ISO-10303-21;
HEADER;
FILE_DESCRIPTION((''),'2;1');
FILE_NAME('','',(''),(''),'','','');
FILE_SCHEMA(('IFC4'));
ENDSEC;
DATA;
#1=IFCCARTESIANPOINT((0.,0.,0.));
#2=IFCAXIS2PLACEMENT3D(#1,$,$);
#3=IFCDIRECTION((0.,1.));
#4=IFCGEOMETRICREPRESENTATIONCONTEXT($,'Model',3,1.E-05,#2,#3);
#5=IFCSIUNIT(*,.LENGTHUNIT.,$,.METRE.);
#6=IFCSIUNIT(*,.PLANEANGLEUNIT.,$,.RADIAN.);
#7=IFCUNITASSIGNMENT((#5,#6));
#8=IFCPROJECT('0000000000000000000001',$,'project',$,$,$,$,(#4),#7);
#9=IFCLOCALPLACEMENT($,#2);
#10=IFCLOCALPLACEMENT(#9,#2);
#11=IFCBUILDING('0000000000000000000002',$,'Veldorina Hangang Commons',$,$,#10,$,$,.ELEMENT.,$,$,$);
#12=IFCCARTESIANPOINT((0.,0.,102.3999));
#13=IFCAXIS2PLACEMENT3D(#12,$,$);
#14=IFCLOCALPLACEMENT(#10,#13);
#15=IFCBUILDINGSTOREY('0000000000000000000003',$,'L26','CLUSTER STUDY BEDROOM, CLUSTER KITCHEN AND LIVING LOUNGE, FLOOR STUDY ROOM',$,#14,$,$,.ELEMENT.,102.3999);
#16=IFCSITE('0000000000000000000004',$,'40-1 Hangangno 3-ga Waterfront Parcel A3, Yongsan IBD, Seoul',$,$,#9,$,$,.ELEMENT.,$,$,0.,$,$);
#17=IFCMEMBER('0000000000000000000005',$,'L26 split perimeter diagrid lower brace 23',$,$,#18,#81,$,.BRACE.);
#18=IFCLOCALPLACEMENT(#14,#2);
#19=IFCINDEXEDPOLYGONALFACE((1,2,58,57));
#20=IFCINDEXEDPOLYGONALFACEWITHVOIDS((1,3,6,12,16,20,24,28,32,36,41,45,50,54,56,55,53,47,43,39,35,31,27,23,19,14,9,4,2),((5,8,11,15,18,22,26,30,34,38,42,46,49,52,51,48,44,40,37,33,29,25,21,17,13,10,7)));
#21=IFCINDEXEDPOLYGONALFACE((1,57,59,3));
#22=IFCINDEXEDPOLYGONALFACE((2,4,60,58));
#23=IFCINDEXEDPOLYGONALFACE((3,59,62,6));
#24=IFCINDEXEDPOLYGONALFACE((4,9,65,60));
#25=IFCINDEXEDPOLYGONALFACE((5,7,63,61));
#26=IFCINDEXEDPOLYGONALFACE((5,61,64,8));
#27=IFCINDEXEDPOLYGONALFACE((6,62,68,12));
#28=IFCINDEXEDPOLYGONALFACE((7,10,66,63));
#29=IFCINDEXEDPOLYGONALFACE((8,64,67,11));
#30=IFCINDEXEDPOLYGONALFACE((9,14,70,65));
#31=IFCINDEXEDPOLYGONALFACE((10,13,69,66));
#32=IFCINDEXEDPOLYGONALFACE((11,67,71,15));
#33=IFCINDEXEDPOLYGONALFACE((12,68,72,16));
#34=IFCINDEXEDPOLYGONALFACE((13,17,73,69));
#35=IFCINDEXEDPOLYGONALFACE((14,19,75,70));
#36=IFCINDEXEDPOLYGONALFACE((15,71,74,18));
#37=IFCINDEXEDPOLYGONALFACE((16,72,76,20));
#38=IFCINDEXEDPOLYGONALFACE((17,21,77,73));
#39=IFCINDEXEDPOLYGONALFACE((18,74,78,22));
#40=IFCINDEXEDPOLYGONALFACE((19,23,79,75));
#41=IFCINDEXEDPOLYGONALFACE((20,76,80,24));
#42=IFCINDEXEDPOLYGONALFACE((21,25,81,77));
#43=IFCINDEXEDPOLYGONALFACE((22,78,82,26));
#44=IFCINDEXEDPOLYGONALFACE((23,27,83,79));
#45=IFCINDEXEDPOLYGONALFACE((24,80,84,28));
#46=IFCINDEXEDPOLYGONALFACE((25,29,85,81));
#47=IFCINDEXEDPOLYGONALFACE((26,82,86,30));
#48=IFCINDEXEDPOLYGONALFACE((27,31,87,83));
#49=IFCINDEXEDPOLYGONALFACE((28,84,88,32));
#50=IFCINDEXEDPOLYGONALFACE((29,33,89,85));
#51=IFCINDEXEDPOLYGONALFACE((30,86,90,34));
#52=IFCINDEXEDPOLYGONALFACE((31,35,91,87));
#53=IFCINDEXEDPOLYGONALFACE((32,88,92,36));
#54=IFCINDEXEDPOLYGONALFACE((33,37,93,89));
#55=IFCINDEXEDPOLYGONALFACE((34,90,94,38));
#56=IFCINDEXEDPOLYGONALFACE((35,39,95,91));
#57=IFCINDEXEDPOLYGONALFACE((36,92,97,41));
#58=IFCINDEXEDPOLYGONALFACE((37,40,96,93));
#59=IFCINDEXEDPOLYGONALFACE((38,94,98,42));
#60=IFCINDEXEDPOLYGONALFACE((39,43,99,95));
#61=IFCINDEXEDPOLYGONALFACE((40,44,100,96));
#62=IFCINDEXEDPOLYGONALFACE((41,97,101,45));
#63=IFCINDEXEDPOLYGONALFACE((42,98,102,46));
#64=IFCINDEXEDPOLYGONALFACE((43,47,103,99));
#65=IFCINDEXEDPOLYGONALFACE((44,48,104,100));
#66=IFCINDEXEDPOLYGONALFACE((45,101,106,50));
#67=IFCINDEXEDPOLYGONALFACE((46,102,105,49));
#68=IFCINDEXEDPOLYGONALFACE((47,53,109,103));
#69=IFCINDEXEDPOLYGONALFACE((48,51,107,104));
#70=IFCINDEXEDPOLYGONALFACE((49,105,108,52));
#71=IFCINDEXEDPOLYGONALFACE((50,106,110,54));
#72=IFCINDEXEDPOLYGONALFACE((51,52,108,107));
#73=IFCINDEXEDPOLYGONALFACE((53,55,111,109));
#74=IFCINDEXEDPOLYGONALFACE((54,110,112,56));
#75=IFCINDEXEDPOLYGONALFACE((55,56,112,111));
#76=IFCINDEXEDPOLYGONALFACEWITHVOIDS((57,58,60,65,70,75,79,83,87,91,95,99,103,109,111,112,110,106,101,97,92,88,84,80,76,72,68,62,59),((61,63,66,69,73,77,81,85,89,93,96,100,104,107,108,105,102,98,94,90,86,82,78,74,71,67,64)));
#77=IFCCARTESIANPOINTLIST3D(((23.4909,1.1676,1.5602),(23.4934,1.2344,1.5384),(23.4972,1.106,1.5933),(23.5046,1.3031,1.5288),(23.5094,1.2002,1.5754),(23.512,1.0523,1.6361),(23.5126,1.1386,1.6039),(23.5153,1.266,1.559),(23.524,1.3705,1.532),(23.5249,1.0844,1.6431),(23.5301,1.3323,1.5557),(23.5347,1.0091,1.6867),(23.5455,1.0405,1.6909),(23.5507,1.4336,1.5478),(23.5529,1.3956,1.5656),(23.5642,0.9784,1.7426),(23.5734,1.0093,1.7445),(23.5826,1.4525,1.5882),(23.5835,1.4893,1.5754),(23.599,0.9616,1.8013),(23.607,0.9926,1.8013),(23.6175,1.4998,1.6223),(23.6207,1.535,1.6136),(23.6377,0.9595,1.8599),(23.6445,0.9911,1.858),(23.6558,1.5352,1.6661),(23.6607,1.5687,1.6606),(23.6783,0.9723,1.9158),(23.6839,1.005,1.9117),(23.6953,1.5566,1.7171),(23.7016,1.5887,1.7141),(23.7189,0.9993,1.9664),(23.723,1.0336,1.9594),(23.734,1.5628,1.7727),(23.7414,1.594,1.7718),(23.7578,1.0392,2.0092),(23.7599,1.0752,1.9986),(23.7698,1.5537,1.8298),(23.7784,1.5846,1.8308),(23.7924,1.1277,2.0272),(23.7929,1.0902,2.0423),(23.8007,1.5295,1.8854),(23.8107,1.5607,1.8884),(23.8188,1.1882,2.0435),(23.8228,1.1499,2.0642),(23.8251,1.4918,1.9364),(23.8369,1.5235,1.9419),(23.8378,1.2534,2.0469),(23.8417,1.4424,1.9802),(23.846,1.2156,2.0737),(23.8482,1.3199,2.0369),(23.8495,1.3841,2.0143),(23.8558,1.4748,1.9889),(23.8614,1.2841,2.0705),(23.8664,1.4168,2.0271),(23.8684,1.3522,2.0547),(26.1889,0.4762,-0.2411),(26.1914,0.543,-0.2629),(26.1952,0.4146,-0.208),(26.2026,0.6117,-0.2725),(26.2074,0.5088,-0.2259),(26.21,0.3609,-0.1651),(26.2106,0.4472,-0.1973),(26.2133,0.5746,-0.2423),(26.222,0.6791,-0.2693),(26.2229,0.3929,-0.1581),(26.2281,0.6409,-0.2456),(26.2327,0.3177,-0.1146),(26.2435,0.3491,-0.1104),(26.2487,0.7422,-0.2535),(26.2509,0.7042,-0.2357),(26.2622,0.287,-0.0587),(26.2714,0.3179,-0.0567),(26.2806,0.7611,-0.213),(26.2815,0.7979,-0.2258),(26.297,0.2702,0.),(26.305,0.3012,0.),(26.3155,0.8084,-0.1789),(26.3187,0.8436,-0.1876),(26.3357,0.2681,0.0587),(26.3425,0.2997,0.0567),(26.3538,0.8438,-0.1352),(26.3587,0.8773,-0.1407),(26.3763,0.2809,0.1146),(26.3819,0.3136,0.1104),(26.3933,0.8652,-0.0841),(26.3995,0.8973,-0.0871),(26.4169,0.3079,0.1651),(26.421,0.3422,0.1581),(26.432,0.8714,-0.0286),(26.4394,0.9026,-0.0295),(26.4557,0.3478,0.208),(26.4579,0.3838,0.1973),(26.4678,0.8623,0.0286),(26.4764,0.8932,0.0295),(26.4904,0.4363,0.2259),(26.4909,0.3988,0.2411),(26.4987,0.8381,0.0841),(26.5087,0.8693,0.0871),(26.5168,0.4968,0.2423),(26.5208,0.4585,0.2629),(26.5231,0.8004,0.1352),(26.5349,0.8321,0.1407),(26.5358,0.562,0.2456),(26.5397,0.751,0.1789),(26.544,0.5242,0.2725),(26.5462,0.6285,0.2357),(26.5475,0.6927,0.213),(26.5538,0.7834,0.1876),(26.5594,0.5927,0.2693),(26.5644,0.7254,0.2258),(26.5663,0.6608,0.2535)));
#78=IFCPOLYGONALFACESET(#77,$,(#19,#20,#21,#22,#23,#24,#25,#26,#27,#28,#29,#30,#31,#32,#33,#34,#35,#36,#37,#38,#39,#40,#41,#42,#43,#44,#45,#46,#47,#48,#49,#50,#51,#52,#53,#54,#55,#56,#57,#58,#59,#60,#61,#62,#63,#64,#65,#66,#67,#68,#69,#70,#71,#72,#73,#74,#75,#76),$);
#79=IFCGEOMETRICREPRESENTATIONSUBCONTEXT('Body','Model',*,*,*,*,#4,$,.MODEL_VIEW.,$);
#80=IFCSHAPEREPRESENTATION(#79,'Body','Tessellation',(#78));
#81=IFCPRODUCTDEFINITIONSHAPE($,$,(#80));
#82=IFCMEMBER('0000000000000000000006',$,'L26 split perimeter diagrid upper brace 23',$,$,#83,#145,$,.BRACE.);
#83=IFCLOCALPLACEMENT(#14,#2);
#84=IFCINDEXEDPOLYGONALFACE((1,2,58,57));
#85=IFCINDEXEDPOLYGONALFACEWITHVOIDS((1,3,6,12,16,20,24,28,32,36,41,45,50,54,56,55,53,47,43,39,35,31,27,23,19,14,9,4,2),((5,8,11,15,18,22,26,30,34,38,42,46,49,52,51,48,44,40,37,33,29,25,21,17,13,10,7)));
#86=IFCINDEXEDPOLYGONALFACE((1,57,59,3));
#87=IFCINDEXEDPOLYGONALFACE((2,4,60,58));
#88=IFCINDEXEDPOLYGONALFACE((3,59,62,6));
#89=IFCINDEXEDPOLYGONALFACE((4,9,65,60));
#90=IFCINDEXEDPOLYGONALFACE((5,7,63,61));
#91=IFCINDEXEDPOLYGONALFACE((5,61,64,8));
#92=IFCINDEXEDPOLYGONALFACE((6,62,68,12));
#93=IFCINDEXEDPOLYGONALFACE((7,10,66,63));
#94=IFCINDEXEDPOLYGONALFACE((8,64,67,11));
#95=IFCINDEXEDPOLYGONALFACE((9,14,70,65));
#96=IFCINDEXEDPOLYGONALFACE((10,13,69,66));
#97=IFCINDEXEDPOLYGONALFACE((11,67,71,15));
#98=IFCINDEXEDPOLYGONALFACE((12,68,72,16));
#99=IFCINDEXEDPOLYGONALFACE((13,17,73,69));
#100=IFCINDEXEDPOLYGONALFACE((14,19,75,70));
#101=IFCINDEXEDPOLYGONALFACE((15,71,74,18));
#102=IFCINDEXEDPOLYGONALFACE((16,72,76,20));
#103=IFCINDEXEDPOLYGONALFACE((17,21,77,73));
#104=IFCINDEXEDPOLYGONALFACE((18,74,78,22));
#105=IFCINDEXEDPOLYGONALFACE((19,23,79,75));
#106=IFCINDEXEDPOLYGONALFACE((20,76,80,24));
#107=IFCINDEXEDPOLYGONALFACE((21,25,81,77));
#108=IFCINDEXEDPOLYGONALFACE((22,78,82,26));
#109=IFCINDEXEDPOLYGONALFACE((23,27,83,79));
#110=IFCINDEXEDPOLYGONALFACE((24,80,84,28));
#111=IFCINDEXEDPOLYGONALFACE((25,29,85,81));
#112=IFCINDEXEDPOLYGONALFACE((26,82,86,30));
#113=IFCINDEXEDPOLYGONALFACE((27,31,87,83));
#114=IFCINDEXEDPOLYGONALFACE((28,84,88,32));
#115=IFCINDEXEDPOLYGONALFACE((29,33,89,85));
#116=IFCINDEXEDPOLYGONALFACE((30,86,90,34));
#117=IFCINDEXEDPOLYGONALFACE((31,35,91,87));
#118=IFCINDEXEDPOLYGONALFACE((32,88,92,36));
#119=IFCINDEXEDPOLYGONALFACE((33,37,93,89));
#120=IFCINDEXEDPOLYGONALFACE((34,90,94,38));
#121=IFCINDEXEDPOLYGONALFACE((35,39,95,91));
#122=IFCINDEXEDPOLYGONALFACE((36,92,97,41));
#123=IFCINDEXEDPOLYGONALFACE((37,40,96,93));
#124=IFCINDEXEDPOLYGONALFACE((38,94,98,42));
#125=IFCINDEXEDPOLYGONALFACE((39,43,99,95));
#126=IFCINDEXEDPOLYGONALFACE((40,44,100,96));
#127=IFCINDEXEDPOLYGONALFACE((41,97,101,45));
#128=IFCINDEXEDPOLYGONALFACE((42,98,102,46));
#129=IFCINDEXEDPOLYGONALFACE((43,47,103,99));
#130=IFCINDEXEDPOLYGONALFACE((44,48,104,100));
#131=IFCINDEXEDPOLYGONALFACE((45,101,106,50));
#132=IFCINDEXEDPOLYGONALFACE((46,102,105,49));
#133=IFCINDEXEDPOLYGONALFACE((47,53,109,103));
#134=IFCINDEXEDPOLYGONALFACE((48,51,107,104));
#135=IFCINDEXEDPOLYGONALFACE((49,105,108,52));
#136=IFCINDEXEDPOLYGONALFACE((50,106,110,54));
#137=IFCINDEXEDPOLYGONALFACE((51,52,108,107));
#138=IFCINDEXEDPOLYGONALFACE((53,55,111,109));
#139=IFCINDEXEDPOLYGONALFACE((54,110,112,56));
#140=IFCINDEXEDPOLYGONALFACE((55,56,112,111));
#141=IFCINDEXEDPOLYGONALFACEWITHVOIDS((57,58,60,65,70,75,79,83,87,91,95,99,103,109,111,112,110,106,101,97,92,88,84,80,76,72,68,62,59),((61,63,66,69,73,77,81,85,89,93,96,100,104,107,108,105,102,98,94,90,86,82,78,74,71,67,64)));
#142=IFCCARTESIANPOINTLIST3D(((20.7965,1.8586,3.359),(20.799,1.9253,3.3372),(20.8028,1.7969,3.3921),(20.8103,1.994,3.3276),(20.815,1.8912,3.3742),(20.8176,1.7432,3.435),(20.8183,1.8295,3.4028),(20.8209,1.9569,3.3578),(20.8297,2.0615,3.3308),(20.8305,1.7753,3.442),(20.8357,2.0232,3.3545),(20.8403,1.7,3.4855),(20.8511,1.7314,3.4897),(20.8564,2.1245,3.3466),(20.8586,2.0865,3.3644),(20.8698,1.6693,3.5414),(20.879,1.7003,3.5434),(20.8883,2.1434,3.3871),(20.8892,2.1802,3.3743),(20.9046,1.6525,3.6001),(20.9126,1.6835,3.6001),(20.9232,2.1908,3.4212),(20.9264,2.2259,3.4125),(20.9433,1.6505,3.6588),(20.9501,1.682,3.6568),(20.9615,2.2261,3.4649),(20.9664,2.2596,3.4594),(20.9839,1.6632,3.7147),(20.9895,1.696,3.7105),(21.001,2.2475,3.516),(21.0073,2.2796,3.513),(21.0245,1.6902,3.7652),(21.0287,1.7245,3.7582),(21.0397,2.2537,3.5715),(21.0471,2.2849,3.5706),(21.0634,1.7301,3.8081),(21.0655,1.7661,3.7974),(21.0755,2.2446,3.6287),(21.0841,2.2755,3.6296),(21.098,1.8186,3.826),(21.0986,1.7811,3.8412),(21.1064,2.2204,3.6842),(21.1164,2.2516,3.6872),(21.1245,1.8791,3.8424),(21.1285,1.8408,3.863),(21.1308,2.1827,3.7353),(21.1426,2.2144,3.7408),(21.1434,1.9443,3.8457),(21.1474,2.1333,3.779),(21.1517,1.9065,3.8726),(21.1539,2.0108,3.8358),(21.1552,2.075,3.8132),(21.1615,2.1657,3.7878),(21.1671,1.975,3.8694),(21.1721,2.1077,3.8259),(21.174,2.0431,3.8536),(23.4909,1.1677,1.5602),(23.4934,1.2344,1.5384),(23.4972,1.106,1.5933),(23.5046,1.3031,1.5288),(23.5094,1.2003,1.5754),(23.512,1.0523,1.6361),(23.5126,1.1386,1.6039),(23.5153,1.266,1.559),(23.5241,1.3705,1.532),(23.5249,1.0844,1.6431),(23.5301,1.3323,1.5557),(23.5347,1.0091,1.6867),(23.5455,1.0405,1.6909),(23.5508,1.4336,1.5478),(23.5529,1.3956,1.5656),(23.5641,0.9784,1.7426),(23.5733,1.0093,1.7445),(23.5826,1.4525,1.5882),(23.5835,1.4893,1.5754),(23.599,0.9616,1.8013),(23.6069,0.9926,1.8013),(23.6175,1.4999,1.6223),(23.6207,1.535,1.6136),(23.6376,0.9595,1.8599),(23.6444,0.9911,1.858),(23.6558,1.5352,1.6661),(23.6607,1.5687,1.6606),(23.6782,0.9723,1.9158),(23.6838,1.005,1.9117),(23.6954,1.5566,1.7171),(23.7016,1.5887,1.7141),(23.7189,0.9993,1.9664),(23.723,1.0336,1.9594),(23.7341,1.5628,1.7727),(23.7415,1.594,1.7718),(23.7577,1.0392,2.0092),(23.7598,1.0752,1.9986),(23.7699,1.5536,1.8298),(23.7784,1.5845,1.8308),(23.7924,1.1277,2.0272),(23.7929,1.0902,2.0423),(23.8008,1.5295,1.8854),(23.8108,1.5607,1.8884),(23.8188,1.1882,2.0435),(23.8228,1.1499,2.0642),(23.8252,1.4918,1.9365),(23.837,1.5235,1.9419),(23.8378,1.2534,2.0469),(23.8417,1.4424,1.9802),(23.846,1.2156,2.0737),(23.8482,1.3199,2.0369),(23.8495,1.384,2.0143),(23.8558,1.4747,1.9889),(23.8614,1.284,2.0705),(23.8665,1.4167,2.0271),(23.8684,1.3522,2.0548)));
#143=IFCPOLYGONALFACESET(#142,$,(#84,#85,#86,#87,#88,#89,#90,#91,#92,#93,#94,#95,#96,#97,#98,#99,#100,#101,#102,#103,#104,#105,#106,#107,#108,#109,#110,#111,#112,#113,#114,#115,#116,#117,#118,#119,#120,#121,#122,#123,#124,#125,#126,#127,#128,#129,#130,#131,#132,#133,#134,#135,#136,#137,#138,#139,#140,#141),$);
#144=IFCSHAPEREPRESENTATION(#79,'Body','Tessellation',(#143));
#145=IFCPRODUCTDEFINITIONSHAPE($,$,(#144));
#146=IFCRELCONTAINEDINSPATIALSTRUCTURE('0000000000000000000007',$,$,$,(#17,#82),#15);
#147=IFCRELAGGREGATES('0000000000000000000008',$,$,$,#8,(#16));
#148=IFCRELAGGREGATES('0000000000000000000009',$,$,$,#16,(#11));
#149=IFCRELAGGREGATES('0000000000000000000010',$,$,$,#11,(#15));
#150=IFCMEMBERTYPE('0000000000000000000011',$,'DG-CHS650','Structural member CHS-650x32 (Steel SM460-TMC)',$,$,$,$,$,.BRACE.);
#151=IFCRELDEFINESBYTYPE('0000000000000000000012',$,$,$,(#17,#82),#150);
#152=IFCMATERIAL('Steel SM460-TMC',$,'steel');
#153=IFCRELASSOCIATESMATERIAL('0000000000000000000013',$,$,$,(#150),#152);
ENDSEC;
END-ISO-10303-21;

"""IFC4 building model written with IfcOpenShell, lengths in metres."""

from ifc_helpers import new_model, si_unit, direction, frame, origin, origin_2d, place, context, subcontext, project, spatial, hollow_circle, extrude, material, material_profile, profile_set, type_object, element, save


model = new_model("IFC4")

# Units and contexts
model_context = context("Model", 3, precision=1e-05, world=origin(), true_north=direction((0.0, 1.0)))
body_context = subcontext(model_context, "Body", "Model", "MODEL_VIEW")
ifc_project = project(units=[si_unit("LENGTHUNIT", "METRE"), si_unit("PLANEANGLEUNIT", "RADIAN")], contexts=[model_context])

# Site, building, storey
site_placement = place(None, origin())
site = spatial("IfcSite", under=ifc_project, at=site_placement, Name="40-1 Hangangno 3-ga Waterfront Parcel A3, Yongsan IBD, Seoul", CompositionType="ELEMENT", RefElevation=0.0)
building_placement = place(site_placement, origin())
building = spatial("IfcBuilding", under=site, at=building_placement, Name="Veldorina Hangang Commons", CompositionType="ELEMENT")
storey_placement = place(building_placement, frame((0.0, 0.0, 102.3999)))
storey = spatial("IfcBuildingStorey", under=building, at=storey_placement, Name="L26", Description="CLUSTER STUDY BEDROOM, CLUSTER KITCHEN AND LIVING LOUNGE, FLOOR STUDY ROOM", CompositionType="ELEMENT", Elevation=102.3999)

# Members
ifc_material_1 = material(Name="Steel SM460-TMC", Category="steel")
ifc_material_profile_1 = material_profile(ifc_material_1, hollow_circle(Radius=0.325, WallThickness=0.032, at=origin_2d()), Name="CHS-650x32")
ifc_profile_set_1 = profile_set([ifc_material_profile_1], Name="Steel SM460-TMC")
member_type_1 = type_object("IfcMemberType", Name="DG-CHS650", Description="Structural member CHS-650x32 (Steel SM460-TMC)", PredefinedType="BRACE", material=ifc_profile_set_1)
member_1_placement = place(storey_placement, frame((26.3777, 0.585, 0.0), z_axis=(-0.81341, 0.20845, 0.543059), x_axis=(-0.248245, -0.968697, 0.0)))
element("IfcMember", 1, at=member_1_placement, inside=storey, type_object=member_type_1, Name="L26 split perimeter diagrid lower brace 23", PredefinedType="BRACE", context=body_context, shape_type="SweptSolid", body=[
    extrude(hollow_circle(Radius=0.325, WallThickness=0.032, at=origin_2d()), origin(), (0.0, 0.0, 1.0), 3.3169),
])
member_2_placement = place(storey_placement, frame((23.6797, 1.2764, 1.8013), z_axis=(-0.813387, 0.20858, 0.543044), x_axis=(-0.248396, -0.968658, 0.0)))
element("IfcMember", 2, at=member_2_placement, inside=storey, type_object=member_type_1, Name="L26 split perimeter diagrid upper brace 23", PredefinedType="BRACE", context=body_context, shape_type="SweptSolid", body=[
    extrude(hollow_circle(Radius=0.325, WallThickness=0.032, at=origin_2d()), origin(), (0.0, 0.0, 1.0), 3.3125),
])

save(model, "model.ifc")
